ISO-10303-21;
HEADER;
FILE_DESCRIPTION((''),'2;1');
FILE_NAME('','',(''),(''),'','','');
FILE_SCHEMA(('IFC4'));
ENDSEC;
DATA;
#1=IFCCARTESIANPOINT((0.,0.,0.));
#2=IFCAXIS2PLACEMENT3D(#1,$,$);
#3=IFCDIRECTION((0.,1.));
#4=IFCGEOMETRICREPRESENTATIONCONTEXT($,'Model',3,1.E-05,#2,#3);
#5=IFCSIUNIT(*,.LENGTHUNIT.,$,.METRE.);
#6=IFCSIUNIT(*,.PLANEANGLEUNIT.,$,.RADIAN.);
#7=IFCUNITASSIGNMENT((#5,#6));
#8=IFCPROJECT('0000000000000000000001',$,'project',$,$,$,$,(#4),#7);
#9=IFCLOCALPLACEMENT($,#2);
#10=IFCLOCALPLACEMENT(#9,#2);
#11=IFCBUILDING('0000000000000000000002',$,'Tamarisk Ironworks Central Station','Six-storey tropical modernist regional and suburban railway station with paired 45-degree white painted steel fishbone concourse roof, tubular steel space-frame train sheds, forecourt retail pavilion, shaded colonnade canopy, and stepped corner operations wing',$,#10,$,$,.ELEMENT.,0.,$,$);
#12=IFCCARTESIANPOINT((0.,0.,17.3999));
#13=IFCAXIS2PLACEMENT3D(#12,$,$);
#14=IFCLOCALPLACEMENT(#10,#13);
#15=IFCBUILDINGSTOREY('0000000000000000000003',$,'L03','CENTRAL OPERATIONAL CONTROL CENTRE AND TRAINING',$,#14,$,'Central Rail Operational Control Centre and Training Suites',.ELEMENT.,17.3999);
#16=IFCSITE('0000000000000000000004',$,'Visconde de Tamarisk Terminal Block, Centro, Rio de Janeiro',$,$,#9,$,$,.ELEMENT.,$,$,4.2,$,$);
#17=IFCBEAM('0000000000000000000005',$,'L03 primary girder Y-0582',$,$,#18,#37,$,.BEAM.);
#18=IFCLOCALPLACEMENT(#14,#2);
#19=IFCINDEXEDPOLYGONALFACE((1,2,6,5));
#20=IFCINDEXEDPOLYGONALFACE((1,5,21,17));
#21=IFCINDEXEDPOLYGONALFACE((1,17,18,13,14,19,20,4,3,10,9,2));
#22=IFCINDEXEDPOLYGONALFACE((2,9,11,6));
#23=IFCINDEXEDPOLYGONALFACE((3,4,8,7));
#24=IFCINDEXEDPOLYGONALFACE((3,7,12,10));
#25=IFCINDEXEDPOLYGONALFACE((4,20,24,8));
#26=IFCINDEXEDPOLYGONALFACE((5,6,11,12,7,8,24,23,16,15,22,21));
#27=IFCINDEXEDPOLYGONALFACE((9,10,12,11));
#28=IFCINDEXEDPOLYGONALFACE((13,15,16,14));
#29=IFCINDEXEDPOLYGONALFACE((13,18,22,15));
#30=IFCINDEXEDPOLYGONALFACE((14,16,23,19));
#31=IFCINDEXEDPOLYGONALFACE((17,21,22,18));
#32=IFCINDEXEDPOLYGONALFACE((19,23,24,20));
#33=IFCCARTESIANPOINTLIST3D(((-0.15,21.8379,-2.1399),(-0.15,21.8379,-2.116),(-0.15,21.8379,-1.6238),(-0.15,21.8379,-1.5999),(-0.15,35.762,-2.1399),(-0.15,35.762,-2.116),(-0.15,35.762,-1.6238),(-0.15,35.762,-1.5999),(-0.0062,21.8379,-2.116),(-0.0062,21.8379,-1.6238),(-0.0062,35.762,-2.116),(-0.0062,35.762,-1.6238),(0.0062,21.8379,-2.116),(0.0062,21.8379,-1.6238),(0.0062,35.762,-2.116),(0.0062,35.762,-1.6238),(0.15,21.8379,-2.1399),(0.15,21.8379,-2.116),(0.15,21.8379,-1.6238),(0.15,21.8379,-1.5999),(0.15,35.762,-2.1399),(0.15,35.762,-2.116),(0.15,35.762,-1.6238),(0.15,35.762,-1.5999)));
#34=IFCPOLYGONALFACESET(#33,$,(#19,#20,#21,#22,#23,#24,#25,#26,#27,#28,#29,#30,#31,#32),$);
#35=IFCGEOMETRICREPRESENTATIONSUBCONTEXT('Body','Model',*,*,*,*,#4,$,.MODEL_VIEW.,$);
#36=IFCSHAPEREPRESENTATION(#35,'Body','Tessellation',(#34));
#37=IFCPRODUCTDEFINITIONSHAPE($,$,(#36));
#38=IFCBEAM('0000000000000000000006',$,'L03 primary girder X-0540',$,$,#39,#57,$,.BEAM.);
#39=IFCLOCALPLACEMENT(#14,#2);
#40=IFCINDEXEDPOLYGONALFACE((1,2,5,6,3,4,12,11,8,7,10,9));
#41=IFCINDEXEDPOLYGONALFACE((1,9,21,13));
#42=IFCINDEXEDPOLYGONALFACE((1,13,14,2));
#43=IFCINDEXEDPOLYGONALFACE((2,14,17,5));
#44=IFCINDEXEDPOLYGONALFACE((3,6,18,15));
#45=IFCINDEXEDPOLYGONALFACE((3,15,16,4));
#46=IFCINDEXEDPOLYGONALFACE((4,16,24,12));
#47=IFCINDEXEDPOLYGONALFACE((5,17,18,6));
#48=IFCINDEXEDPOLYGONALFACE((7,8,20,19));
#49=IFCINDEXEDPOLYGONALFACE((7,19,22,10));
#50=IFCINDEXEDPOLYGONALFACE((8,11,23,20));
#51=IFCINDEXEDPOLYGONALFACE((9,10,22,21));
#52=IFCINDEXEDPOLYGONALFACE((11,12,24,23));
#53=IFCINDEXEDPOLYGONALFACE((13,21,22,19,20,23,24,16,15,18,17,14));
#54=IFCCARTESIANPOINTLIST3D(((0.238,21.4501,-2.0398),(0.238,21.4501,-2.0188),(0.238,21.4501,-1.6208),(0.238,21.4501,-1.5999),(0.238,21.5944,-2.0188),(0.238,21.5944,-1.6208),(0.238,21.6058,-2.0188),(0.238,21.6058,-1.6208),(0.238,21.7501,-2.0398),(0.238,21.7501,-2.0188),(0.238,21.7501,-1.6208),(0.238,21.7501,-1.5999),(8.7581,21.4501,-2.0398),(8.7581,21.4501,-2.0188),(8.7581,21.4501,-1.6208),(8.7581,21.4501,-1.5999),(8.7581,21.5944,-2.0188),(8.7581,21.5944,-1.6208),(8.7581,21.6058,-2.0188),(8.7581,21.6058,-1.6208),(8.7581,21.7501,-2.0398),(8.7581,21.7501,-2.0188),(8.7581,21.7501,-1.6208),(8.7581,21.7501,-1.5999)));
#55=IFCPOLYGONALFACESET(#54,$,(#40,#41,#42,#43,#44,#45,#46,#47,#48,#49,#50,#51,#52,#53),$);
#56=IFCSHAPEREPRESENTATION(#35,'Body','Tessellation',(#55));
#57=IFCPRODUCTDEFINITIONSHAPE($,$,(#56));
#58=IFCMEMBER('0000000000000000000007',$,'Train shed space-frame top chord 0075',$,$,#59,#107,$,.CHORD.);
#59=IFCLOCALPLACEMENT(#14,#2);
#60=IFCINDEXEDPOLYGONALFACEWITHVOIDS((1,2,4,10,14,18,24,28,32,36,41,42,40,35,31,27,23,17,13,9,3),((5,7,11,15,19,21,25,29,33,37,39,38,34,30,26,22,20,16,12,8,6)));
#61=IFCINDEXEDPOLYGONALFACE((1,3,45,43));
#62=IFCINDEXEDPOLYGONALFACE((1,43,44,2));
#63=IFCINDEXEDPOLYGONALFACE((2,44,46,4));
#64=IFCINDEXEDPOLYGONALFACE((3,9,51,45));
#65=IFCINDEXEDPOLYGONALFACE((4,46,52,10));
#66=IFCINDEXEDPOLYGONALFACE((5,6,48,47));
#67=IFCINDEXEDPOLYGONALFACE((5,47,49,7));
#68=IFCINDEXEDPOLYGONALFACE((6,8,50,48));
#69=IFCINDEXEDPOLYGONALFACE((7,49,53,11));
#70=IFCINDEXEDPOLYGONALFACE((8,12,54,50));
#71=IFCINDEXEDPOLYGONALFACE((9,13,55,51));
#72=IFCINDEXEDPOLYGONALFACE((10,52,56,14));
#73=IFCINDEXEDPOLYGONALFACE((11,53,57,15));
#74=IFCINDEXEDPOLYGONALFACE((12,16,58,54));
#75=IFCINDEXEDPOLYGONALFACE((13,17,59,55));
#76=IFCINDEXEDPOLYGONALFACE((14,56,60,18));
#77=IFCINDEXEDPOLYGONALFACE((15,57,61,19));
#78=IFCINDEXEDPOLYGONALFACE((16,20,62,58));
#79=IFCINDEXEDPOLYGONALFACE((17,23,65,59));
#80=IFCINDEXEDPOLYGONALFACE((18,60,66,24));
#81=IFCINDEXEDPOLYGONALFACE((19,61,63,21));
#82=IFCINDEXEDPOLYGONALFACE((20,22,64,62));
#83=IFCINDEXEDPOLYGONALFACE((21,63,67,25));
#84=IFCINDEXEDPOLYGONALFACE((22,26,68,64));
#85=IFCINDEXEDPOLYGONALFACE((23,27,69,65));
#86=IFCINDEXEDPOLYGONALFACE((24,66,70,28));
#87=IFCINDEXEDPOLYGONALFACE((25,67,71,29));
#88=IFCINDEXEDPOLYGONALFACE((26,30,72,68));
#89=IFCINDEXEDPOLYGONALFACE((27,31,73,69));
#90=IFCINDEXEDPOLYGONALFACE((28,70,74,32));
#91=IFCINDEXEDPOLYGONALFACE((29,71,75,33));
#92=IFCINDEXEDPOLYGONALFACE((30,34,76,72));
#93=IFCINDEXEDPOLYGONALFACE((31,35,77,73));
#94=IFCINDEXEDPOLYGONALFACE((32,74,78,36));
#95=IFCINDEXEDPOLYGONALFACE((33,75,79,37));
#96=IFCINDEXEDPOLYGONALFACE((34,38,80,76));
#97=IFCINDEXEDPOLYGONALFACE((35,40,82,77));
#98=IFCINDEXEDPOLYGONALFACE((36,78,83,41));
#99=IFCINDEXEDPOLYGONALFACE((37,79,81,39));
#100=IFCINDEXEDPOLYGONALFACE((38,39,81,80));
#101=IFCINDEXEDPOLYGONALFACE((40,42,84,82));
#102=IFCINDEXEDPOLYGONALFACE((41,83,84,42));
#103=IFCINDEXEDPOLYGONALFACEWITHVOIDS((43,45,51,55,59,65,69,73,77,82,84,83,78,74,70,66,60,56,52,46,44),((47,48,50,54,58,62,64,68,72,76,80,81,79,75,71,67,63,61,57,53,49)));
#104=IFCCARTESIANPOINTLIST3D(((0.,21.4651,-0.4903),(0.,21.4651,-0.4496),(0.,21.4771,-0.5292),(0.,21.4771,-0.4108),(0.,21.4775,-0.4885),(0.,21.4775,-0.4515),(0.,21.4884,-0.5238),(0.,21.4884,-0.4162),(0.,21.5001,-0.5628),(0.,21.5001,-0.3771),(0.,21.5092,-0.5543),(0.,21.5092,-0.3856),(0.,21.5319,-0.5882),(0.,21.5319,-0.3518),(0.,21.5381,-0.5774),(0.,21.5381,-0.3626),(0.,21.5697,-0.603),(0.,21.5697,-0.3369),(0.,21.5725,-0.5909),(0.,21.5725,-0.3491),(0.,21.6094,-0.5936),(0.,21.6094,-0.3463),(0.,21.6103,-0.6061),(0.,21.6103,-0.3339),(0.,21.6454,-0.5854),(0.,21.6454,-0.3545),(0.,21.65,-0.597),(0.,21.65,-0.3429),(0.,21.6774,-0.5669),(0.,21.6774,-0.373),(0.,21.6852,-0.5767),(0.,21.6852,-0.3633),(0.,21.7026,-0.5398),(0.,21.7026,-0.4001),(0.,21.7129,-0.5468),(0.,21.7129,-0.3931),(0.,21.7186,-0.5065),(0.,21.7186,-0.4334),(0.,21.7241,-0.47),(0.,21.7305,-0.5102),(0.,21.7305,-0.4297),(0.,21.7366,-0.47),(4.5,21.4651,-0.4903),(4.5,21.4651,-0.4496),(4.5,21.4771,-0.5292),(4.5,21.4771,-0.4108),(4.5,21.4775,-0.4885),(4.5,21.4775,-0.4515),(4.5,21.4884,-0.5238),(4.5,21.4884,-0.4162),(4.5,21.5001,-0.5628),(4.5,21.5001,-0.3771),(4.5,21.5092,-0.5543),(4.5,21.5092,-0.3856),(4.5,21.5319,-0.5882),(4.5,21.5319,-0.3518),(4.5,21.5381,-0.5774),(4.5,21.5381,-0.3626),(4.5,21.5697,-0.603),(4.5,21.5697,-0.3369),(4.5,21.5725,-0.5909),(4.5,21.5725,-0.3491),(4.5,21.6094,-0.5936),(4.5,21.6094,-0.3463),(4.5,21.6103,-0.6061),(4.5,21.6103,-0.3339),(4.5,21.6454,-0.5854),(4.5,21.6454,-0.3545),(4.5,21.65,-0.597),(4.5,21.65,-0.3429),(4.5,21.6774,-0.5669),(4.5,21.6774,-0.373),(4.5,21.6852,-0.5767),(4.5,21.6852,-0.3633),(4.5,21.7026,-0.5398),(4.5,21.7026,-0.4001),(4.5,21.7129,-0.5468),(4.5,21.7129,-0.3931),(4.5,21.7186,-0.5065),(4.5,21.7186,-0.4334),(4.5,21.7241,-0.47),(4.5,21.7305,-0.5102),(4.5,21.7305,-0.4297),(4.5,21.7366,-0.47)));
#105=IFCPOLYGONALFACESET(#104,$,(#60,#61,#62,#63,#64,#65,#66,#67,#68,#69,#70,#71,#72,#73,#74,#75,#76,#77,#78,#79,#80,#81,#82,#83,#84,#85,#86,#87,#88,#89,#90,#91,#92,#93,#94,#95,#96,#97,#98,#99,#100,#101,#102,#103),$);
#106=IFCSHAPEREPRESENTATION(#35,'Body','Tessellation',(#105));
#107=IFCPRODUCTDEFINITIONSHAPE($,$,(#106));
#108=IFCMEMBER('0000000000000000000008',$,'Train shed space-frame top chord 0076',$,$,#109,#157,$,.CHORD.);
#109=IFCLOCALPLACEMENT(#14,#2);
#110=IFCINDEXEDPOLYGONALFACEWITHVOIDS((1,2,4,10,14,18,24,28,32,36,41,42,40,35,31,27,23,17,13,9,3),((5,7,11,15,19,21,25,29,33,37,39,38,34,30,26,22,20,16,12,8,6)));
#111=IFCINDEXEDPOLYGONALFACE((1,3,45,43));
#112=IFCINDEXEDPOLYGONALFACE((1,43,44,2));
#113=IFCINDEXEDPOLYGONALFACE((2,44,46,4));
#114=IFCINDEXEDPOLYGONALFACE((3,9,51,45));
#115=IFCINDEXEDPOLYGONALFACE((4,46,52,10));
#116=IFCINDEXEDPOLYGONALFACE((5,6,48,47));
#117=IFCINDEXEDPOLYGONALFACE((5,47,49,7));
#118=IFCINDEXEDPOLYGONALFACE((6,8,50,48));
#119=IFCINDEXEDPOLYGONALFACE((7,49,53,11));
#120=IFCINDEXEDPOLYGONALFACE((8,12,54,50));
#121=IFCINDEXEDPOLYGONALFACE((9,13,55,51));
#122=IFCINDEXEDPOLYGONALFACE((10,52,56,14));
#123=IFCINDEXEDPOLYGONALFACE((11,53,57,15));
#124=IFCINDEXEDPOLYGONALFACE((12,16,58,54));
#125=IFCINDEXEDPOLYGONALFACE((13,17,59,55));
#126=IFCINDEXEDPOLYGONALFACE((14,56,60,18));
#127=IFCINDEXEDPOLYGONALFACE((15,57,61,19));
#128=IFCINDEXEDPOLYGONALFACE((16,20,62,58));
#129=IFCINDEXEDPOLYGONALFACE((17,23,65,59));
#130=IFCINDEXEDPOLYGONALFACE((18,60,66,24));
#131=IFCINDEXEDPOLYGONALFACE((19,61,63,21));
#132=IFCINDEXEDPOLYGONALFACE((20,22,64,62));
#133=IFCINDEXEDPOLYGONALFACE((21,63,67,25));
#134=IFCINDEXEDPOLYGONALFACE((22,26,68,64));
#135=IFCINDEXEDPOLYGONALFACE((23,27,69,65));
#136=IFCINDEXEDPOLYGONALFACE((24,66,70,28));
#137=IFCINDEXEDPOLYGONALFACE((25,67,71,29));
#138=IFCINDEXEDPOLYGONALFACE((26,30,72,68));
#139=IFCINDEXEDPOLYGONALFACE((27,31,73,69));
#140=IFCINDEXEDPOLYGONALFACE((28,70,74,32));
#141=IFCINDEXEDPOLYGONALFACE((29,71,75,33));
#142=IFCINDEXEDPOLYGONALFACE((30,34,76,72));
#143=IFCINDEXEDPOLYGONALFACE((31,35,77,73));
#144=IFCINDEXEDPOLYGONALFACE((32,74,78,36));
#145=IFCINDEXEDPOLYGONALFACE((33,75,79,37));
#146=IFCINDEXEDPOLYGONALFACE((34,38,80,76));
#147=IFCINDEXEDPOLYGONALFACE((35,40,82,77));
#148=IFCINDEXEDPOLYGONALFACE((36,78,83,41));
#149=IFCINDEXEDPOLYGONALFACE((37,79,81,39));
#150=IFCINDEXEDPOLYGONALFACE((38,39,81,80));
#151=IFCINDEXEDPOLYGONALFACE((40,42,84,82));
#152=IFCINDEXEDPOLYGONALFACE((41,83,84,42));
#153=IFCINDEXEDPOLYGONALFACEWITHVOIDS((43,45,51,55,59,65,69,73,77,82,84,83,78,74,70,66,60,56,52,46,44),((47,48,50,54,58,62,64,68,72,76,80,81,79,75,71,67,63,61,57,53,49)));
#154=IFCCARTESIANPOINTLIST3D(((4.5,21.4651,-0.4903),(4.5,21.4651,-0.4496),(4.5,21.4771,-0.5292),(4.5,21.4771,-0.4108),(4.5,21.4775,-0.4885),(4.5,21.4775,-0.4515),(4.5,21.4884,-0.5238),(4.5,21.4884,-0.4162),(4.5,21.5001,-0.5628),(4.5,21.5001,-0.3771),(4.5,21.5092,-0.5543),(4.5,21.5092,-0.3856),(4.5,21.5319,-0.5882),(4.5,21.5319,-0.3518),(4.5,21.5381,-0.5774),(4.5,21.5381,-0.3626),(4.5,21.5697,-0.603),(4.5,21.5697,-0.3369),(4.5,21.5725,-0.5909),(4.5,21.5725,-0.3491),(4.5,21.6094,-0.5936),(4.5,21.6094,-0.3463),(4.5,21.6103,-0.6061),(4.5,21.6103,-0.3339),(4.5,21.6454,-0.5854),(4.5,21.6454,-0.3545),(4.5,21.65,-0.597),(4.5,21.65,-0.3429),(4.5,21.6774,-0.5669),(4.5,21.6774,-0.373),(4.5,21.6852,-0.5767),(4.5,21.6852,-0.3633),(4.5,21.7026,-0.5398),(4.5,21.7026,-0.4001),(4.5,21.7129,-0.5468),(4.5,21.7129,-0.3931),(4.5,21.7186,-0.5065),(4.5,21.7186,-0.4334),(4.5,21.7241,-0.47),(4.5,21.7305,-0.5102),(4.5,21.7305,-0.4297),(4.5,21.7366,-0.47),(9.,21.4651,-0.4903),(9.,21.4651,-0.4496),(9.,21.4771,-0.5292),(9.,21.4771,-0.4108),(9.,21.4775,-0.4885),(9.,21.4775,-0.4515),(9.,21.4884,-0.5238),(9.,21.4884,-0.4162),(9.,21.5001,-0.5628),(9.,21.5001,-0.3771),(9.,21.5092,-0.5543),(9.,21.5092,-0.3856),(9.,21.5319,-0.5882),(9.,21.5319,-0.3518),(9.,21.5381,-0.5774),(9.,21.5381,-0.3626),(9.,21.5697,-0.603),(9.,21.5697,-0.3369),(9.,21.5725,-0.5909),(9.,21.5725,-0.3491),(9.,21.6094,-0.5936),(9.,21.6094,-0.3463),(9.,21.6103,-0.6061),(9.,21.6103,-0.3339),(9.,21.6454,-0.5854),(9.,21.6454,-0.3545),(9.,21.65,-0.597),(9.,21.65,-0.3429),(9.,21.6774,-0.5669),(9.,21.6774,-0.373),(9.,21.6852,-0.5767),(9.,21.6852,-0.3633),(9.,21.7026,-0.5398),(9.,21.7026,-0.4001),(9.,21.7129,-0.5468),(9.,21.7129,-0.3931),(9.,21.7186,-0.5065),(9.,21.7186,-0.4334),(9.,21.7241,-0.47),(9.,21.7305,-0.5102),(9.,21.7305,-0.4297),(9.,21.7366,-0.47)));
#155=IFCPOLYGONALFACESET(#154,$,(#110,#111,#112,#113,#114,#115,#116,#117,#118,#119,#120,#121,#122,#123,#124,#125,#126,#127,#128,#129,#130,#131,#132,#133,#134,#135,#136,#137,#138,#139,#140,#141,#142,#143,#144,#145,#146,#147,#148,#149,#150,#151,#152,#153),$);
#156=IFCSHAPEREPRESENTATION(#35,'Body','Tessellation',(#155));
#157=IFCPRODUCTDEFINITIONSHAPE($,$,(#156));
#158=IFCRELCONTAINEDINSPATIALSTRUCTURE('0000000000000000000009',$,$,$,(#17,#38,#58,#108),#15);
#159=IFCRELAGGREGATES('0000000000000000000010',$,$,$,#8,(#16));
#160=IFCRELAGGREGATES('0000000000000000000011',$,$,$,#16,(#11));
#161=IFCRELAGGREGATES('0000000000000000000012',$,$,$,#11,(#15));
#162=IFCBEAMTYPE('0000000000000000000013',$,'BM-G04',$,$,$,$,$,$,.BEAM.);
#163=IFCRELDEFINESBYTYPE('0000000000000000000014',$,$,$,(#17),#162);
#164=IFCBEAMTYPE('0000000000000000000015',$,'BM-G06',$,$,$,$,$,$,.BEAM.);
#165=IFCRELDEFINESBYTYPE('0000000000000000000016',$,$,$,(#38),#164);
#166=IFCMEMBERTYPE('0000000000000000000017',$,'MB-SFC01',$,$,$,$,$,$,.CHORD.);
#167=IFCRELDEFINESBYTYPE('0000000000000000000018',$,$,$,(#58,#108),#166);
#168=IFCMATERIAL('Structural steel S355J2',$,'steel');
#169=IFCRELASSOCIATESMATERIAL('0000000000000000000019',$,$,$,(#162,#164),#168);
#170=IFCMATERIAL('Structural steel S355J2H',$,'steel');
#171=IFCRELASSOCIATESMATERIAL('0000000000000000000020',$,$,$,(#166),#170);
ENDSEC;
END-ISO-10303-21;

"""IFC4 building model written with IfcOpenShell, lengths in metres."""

from ifc_helpers import new_model, si_unit, direction, frame, origin, origin_2d, place, context, subcontext, project, spatial, hollow_circle, i_section, extrude, material, material_profile, profile_set, type_object, element, save


model = new_model("IFC4")

# Units and contexts
model_context = context("Model", 3, precision=1e-05, world=origin(), true_north=direction((0.0, 1.0)))
body_context = subcontext(model_context, "Body", "Model", "MODEL_VIEW")
ifc_project = project(units=[si_unit("LENGTHUNIT", "METRE"), si_unit("PLANEANGLEUNIT", "RADIAN")], contexts=[model_context])

# Site, building, storey
site_placement = place(None, origin())
site = spatial("IfcSite", under=ifc_project, at=site_placement, Name="Visconde de Tamarisk Terminal Block, Centro, Rio de Janeiro", CompositionType="ELEMENT", RefElevation=4.2)
building_placement = place(site_placement, origin())
building = spatial("IfcBuilding", under=site, at=building_placement, Name="Tamarisk Ironworks Central Station", Description="Six-storey tropical modernist regional and suburban railway station with paired 45-degree white painted steel fishbone concourse roof, tubular steel space-frame train sheds, forecourt retail pavilion, shaded colonnade canopy, and stepped corner operations wing", CompositionType="ELEMENT", ElevationOfRefHeight=0.0)
storey_placement = place(building_placement, frame((0.0, 0.0, 17.3999)))
storey = spatial("IfcBuildingStorey", under=building, at=storey_placement, Name="L03", Description="CENTRAL OPERATIONAL CONTROL CENTRE AND TRAINING", LongName="Central Rail Operational Control Centre and Training Suites", CompositionType="ELEMENT", Elevation=17.3999)

# Beams
ifc_material_1 = material(Name="Structural steel S355J2", Category="steel")
ifc_material_profile_1 = material_profile(ifc_material_1, i_section(OverallWidth=0.3, OverallDepth=0.54, WebThickness=0.0125, FlangeThickness=0.0239, at=origin_2d()), Name="HEA 550")
ifc_profile_set_1 = profile_set([ifc_material_profile_1], Name="Structural steel S355J2")
beam_type_1 = type_object("IfcBeamType", Name="BM-G04", PredefinedType="BEAM", material=ifc_profile_set_1)
beam_1_placement = place(storey_placement, frame((0.0, 21.8379, -1.8699), z_axis=(0.0, 1.0, 0.0), x_axis=(-1.0, 0.0, 0.0)))
element("IfcBeam", 1, at=beam_1_placement, inside=storey, type_object=beam_type_1, Name="L03 primary girder Y-0582", PredefinedType="BEAM", context=body_context, shape_type="SweptSolid", body=[
    extrude(i_section(OverallWidth=0.3, OverallDepth=0.54, WebThickness=0.0125, FlangeThickness=0.0239, at=origin_2d()), origin(), (0.0, 0.0, 1.0), 13.9241),
])
ifc_material_profile_2 = material_profile(ifc_material_1, i_section(OverallWidth=0.3, OverallDepth=0.4399, WebThickness=0.0115, FlangeThickness=0.021, at=origin_2d()), Name="HEA 450")
ifc_profile_set_2 = profile_set([ifc_material_profile_2], Name="Structural steel S355J2")
beam_type_2 = type_object("IfcBeamType", Name="BM-G06", PredefinedType="BEAM", material=ifc_profile_set_2)
beam_2_placement = place(storey_placement, frame((0.238, 21.6001, -1.8198), z_axis=(1.0, 0.0, 0.0), x_axis=(0.0, 1.0, 0.0)))
element("IfcBeam", 2, at=beam_2_placement, inside=storey, type_object=beam_type_2, Name="L03 primary girder X-0540", PredefinedType="BEAM", context=body_context, shape_type="SweptSolid", body=[
    extrude(i_section(OverallWidth=0.3, OverallDepth=0.4399, WebThickness=0.0115, FlangeThickness=0.021, at=origin_2d()), origin(), (0.0, 0.0, 1.0), 8.52),
])

# Members
ifc_material_2 = material(Name="Structural steel S355J2H", Category="steel")
ifc_material_profile_3 = material_profile(ifc_material_2, hollow_circle(Radius=0.1365, WallThickness=0.0125, at=origin_2d()), Name="CHS 273x12.5")
ifc_profile_set_3 = profile_set([ifc_material_profile_3], Name="Structural steel S355J2H")
member_type_1 = type_object("IfcMemberType", Name="MB-SFC01", PredefinedType="CHORD", material=ifc_profile_set_3)
for number, where, z_axis, x_axis, name in (
    (3, (0.0, 21.6001, -0.47), (1.0, 0.0, 0.0), (0.0, 1.0, 0.0), "Train shed space-frame top chord 0075"),
    (4, (4.5, 21.6001, -0.47), (1.0, 0.0, 0.0), (0.0, 1.0, 0.0), "Train shed space-frame top chord 0076"),
):
    element("IfcMember", number, at=place(storey_placement, frame(where, z_axis=z_axis, x_axis=x_axis)), inside=storey, type_object=member_type_1, Name=name, PredefinedType="CHORD", context=body_context, shape_type="SweptSolid", body=[
        extrude(hollow_circle(Radius=0.1365, WallThickness=0.0125, at=origin_2d()), origin(), (0.0, 0.0, 1.0), 4.5),
    ])

save(model, "model.ifc")
